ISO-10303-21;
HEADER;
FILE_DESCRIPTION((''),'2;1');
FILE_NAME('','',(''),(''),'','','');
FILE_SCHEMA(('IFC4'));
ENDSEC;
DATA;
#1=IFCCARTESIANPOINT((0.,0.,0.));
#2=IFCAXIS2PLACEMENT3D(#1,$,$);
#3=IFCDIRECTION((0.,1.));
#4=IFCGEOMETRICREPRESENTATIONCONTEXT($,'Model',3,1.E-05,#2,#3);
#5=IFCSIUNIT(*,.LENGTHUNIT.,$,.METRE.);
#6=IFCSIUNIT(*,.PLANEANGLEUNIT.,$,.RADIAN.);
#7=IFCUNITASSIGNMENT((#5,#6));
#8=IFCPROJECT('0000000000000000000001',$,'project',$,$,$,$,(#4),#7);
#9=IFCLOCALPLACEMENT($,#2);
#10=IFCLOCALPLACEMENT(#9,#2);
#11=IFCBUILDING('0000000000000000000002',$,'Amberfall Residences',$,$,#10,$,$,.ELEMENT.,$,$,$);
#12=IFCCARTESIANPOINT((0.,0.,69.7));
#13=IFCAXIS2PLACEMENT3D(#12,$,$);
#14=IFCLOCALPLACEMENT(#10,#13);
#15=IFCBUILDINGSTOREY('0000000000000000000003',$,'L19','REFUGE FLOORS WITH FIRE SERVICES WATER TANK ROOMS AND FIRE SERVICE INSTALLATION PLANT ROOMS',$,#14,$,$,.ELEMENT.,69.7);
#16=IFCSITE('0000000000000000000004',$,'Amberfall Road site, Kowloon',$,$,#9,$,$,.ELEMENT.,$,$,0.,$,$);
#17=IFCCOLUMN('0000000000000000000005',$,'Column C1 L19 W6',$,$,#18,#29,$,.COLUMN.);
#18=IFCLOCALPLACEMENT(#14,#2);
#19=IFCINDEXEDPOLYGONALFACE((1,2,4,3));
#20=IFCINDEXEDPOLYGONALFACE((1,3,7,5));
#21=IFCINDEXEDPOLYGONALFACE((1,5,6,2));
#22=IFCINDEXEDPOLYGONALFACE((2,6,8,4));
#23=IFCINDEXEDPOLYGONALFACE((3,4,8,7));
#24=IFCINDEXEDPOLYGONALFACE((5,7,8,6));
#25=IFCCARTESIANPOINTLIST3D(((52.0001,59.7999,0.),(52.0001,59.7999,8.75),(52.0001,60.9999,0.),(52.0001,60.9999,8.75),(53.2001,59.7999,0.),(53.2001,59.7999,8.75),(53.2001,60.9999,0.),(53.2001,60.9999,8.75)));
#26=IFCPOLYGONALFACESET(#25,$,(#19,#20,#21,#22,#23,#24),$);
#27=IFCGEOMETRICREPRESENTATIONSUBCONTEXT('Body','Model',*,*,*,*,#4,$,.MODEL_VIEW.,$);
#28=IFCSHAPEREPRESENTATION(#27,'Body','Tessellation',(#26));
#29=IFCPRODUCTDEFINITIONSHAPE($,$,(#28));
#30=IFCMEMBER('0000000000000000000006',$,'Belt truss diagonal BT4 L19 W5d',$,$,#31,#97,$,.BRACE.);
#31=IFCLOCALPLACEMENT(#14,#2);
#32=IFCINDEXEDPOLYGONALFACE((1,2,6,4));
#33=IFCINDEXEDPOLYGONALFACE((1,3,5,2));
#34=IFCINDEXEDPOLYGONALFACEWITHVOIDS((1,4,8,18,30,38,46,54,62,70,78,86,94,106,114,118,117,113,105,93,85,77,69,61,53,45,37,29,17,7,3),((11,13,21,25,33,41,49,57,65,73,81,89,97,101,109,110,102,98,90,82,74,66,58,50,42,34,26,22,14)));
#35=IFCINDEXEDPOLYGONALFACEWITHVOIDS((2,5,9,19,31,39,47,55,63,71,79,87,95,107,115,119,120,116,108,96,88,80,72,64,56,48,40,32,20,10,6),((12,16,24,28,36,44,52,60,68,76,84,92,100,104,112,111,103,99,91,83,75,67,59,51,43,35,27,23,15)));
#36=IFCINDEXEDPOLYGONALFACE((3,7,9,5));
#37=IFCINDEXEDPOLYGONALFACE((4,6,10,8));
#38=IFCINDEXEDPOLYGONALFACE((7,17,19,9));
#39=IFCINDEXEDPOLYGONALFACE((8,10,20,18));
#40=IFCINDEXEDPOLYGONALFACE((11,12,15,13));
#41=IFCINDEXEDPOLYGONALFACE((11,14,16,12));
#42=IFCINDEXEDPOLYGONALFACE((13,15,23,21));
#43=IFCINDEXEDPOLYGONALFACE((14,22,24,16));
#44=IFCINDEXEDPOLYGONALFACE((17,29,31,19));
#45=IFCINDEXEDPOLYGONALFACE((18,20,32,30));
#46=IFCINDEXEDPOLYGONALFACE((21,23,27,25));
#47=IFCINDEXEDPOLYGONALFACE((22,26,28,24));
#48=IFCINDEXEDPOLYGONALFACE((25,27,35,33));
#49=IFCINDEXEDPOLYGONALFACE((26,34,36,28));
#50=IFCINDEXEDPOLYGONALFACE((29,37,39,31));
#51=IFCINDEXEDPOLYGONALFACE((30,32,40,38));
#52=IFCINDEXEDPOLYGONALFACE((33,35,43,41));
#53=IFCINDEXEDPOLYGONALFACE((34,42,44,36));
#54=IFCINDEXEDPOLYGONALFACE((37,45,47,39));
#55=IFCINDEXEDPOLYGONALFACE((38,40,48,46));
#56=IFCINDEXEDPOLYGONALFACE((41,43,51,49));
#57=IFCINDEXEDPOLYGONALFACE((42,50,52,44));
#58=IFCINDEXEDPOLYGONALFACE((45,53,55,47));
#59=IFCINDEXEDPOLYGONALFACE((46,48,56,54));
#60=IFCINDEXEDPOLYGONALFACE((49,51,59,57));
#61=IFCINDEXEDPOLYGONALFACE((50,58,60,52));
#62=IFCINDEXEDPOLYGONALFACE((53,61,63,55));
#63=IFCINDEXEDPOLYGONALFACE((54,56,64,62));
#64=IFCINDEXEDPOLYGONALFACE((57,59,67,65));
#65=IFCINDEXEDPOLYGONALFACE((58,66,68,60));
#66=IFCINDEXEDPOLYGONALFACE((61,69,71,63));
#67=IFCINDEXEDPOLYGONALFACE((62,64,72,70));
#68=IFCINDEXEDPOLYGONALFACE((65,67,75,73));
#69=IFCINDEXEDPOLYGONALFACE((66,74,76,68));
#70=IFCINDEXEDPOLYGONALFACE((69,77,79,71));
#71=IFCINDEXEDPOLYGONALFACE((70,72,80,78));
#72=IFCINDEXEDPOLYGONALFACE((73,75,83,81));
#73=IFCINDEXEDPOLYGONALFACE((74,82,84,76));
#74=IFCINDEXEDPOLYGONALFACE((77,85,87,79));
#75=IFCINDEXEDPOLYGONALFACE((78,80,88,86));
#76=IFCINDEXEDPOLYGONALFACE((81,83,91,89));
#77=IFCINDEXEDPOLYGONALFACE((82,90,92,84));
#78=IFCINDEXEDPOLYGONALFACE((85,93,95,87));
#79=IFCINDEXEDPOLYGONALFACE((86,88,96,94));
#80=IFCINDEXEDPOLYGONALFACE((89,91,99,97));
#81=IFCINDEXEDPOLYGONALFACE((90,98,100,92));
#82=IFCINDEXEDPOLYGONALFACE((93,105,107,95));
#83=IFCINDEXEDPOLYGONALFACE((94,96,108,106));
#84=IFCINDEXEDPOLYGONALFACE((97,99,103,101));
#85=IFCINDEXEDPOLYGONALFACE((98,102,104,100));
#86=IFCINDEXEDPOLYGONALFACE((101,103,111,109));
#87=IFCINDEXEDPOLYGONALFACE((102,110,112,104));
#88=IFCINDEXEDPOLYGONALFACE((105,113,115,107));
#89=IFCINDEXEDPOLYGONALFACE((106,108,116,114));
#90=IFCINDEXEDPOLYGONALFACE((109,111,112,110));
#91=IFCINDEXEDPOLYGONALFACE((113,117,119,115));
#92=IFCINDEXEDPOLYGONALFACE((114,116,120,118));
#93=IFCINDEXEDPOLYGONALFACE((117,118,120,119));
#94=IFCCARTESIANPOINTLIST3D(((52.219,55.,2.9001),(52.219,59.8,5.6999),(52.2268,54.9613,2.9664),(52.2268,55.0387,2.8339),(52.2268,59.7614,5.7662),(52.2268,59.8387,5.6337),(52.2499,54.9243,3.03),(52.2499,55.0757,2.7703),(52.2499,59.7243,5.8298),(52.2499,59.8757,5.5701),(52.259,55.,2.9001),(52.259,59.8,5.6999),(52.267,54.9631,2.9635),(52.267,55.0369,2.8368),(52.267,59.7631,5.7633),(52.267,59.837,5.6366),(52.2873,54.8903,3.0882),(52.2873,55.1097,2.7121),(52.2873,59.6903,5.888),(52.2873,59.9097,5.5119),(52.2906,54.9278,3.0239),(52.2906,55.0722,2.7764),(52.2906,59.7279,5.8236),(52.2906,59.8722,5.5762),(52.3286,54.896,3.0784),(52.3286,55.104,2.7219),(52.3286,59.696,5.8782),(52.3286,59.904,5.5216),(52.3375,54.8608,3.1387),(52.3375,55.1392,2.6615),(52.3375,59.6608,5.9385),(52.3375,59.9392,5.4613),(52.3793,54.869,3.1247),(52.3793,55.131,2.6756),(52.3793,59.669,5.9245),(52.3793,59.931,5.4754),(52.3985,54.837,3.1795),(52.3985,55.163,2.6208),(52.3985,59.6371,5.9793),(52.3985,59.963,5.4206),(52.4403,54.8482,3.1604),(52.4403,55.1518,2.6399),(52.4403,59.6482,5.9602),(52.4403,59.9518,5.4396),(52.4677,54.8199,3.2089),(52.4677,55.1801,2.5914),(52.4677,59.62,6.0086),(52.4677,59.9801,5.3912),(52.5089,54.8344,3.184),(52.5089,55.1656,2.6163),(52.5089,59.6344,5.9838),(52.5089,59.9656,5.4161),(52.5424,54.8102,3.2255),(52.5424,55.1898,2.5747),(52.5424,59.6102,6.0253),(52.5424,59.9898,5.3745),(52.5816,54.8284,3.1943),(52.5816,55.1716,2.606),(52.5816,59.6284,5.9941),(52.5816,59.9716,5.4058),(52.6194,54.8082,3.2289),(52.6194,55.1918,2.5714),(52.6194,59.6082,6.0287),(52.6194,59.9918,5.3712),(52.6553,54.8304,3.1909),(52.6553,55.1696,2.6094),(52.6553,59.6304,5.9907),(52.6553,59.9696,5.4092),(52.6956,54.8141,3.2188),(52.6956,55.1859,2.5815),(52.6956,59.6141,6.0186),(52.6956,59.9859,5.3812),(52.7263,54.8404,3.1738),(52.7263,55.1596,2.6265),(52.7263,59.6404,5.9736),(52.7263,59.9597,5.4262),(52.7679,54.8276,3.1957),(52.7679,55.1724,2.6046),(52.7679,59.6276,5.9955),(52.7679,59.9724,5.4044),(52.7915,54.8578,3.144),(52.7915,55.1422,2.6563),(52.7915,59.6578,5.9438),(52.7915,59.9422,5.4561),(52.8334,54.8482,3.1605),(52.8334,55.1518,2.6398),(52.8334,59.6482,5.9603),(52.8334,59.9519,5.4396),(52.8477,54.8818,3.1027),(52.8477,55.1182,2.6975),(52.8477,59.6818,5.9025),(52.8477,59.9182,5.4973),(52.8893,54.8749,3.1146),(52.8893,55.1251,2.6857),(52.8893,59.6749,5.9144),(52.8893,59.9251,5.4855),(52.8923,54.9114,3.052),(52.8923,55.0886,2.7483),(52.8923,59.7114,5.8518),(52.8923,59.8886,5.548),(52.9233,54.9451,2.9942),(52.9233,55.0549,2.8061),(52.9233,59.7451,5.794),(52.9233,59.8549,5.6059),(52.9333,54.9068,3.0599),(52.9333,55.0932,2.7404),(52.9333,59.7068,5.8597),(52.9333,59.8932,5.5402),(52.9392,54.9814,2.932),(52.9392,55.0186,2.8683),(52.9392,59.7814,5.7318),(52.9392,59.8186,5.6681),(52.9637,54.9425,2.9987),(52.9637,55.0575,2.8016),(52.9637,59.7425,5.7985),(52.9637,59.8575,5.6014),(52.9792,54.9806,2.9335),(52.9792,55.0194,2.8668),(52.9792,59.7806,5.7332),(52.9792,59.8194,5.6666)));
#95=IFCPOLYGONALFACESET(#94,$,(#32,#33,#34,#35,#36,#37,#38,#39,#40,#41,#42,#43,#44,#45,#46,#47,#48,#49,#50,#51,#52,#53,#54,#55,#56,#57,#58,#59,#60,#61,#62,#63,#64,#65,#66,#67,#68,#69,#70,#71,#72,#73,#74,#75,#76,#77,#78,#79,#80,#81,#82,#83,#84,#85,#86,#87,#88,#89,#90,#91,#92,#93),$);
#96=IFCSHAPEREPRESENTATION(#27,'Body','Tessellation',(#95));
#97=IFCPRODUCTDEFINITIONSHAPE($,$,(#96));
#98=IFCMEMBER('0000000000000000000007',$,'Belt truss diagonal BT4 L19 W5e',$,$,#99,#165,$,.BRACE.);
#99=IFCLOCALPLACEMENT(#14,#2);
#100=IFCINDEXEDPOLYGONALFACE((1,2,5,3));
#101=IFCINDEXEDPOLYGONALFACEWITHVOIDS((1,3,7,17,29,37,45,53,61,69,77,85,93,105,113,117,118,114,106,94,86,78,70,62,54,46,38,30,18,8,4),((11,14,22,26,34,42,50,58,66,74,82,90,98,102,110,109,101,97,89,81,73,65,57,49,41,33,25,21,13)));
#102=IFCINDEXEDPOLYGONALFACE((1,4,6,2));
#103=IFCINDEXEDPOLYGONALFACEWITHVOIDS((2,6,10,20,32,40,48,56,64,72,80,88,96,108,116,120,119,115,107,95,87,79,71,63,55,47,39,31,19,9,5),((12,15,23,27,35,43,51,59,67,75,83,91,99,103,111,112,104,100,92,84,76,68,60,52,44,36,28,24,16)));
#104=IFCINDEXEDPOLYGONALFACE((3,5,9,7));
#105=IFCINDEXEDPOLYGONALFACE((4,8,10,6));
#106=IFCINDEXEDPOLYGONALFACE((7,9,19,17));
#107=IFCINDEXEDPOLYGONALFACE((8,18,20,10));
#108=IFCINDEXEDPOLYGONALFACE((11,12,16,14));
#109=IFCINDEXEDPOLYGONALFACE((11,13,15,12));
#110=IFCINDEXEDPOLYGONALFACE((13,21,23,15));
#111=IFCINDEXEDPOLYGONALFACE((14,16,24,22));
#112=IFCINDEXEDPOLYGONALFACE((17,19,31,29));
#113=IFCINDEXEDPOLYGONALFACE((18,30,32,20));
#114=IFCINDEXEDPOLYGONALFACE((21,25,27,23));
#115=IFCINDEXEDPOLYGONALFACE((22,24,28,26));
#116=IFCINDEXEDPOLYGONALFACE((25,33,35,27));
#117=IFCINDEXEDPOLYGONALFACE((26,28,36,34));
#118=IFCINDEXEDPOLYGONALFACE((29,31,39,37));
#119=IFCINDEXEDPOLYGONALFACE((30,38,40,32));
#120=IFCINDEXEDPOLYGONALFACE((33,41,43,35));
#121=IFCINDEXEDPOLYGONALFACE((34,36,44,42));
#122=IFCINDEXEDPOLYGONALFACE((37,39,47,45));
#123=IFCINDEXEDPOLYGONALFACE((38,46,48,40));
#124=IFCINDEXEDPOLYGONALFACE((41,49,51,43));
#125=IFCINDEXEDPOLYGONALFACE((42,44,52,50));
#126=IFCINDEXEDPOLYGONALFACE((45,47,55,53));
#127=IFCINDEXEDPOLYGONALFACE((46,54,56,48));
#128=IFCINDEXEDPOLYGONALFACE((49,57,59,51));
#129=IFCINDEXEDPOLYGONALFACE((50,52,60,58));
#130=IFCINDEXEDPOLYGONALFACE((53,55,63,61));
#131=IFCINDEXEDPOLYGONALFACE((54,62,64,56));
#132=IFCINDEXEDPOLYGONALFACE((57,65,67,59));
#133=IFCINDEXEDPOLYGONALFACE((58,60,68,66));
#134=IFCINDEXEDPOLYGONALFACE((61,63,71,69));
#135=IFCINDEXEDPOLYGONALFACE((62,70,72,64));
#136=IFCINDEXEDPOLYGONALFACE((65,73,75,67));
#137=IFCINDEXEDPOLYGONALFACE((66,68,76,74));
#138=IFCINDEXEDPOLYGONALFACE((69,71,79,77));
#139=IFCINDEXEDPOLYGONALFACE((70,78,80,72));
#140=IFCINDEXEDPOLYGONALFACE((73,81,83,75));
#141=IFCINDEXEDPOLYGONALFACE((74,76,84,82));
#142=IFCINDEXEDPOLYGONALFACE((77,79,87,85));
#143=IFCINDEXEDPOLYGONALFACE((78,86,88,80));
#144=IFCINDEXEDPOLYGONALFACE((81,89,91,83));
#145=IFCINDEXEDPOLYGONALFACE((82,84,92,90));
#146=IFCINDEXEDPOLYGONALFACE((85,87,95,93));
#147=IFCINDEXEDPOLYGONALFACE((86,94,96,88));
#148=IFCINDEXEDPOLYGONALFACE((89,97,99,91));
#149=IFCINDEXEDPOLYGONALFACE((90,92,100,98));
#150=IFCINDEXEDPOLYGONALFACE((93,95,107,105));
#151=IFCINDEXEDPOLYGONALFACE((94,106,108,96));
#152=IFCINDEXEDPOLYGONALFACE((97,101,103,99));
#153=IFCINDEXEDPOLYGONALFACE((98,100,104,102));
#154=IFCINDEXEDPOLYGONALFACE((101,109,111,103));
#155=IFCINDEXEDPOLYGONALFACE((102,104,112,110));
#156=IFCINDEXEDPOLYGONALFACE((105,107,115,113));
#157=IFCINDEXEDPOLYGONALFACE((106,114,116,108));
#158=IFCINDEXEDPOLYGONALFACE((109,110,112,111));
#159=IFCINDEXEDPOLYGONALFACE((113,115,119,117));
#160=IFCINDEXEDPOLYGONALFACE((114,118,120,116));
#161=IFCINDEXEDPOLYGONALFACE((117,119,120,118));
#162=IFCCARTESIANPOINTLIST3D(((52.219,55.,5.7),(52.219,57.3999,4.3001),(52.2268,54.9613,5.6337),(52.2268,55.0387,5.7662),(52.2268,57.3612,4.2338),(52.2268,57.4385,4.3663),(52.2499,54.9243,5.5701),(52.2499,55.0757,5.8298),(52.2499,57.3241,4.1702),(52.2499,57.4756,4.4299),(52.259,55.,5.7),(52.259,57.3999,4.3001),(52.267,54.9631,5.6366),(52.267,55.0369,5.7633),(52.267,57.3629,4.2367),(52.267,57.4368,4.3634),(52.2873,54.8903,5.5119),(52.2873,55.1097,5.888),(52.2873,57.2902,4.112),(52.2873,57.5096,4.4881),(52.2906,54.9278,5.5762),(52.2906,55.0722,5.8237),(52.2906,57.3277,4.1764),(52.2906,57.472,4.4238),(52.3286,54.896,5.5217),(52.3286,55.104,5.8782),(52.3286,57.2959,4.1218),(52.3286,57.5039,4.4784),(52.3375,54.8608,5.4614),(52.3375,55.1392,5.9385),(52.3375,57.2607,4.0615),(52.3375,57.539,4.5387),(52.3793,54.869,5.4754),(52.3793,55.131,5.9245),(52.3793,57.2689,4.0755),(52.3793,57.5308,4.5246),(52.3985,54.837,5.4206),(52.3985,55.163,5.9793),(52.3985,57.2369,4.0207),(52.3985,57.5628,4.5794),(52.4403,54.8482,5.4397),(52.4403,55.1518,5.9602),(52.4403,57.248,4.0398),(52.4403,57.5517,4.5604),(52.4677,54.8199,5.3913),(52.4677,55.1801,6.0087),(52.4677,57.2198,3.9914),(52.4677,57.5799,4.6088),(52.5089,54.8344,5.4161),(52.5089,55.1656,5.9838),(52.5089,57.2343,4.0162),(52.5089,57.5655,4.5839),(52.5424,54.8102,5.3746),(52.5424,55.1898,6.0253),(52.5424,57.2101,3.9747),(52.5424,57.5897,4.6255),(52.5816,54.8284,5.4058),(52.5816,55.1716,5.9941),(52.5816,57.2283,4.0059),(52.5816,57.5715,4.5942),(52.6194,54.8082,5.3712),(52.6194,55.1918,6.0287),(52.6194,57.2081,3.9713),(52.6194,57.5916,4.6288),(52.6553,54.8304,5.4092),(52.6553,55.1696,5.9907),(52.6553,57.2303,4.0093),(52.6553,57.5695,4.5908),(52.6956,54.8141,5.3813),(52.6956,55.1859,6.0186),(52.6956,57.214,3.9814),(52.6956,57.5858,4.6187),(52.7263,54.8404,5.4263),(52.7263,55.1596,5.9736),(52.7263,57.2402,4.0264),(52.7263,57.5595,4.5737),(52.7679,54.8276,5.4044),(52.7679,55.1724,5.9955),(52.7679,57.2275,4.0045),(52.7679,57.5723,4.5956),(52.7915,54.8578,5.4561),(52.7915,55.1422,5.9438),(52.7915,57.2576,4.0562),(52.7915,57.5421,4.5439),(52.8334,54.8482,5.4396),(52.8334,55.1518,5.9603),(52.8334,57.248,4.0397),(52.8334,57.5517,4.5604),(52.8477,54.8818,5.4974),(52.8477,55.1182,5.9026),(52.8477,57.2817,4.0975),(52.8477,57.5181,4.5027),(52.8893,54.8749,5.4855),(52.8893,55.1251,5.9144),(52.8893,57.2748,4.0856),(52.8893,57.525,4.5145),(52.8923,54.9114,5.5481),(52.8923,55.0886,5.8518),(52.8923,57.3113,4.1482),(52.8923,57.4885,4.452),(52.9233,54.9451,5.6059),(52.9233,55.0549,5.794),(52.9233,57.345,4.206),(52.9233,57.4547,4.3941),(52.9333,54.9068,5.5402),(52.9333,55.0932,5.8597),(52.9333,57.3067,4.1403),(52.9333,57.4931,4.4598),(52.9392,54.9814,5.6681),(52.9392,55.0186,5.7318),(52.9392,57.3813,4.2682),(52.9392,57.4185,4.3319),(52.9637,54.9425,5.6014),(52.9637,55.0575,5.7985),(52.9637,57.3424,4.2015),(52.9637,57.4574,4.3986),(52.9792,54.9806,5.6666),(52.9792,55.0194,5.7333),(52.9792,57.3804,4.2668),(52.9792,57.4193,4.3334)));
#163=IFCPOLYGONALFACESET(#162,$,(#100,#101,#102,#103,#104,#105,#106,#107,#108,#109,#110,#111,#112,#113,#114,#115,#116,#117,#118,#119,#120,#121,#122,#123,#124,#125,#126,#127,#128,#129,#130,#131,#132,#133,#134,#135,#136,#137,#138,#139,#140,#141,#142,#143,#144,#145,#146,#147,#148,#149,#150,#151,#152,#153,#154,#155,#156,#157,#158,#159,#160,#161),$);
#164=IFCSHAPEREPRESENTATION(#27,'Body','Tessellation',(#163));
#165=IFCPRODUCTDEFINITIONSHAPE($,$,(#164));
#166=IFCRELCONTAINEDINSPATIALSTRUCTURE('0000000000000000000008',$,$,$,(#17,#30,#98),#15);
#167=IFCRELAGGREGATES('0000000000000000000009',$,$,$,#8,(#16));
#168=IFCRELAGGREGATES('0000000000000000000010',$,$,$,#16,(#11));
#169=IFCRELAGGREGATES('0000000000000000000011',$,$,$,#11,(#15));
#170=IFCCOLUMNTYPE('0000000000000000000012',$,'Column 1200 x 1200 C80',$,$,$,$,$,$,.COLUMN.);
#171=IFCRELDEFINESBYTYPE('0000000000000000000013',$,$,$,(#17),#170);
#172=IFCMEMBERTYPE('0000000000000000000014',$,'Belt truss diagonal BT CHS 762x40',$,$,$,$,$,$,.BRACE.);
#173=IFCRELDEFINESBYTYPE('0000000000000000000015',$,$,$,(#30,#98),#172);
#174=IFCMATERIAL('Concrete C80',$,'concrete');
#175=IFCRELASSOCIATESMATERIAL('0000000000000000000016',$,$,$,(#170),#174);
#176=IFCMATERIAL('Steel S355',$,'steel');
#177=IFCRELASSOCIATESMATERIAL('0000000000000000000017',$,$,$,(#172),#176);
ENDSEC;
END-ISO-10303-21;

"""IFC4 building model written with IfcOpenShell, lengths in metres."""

from ifc_helpers import new_model, si_unit, direction, frame, origin, origin_2d, place, context, subcontext, project, spatial, rectangle, hollow_circle, extrude, material, material_profile, profile_set, type_object, element, save


model = new_model("IFC4")

# Units and contexts
model_context = context("Model", 3, precision=1e-05, world=origin(), true_north=direction((0.0, 1.0)))
body_context = subcontext(model_context, "Body", "Model", "MODEL_VIEW")
ifc_project = project(units=[si_unit("LENGTHUNIT", "METRE"), si_unit("PLANEANGLEUNIT", "RADIAN")], contexts=[model_context])

# Site, building, storey
site_placement = place(None, origin())
site = spatial("IfcSite", under=ifc_project, at=site_placement, Name="Amberfall Road site, Kowloon", CompositionType="ELEMENT", RefElevation=0.0)
building_placement = place(site_placement, origin())
building = spatial("IfcBuilding", under=site, at=building_placement, Name="Amberfall Residences", CompositionType="ELEMENT")
storey_placement = place(building_placement, frame((0.0, 0.0, 69.7)))
storey = spatial("IfcBuildingStorey", under=building, at=storey_placement, Name="L19", Description="REFUGE FLOORS WITH FIRE SERVICES WATER TANK ROOMS AND FIRE SERVICE INSTALLATION PLANT ROOMS", CompositionType="ELEMENT", Elevation=69.7)

# Column
ifc_material_1 = material(Name="Concrete C80", Category="concrete")
ifc_material_profile_1 = material_profile(ifc_material_1, rectangle(XDim=1.2, YDim=1.2, at=origin_2d()), Name="Column 1200 x 1200 C80")
ifc_profile_set_1 = profile_set([ifc_material_profile_1], Name="Concrete C80")
column_type = type_object("IfcColumnType", Name="Column 1200 x 1200 C80", PredefinedType="COLUMN", material=ifc_profile_set_1)
column_placement = place(storey_placement, frame((52.6001, 60.3999, 0.0), z_axis=(0.0, 0.0, 1.0), x_axis=(1.0, 0.0, 0.0)))
element("IfcColumn", 1, at=column_placement, inside=storey, type_object=column_type, Name="Column C1 L19 W6", PredefinedType="COLUMN", context=body_context, shape_type="SweptSolid", body=[
    extrude(rectangle(XDim=1.2, YDim=1.2, at=origin_2d()), origin(), (0.0, 0.0, 1.0), 8.75),
])

# Members
ifc_material_2 = material(Name="Steel S355", Category="steel")
ifc_material_profile_2 = material_profile(ifc_material_2, hollow_circle(Radius=0.3811, WallThickness=0.04, at=origin_2d()), Name="CHS 762x40")
ifc_profile_set_2 = profile_set([ifc_material_profile_2], Name="Steel S355")
member_type_1 = type_object("IfcMemberType", Name="Belt truss diagonal BT CHS 762x40", PredefinedType="BRACE", material=ifc_profile_set_2)
member_1_placement = place(storey_placement, frame((52.6001, 55.0, 2.9001), z_axis=(0.0, 0.863796, 0.503841), x_axis=(-1.0, 0.0, 0.0)))
element("IfcMember", 2, at=member_1_placement, inside=storey, type_object=member_type_1, Name="Belt truss diagonal BT4 L19 W5d", PredefinedType="BRACE", context=body_context, shape_type="SweptSolid", body=[
    extrude(hollow_circle(Radius=0.3811, WallThickness=0.04, at=origin_2d()), origin(), (0.0, 0.0, 1.0), 5.5569),
])
member_2_placement = place(storey_placement, frame((52.6001, 55.0, 5.7), z_axis=(0.0, 0.863785, -0.50386), x_axis=(-1.0, 0.0, 0.0)))
element("IfcMember", 3, at=member_2_placement, inside=storey, type_object=member_type_1, Name="Belt truss diagonal BT4 L19 W5e", PredefinedType="BRACE", context=body_context, shape_type="SweptSolid", body=[
    extrude(hollow_circle(Radius=0.3811, WallThickness=0.04, at=origin_2d()), origin(), (0.0, 0.0, 1.0), 2.7783),
])

save(model, "model.ifc")
